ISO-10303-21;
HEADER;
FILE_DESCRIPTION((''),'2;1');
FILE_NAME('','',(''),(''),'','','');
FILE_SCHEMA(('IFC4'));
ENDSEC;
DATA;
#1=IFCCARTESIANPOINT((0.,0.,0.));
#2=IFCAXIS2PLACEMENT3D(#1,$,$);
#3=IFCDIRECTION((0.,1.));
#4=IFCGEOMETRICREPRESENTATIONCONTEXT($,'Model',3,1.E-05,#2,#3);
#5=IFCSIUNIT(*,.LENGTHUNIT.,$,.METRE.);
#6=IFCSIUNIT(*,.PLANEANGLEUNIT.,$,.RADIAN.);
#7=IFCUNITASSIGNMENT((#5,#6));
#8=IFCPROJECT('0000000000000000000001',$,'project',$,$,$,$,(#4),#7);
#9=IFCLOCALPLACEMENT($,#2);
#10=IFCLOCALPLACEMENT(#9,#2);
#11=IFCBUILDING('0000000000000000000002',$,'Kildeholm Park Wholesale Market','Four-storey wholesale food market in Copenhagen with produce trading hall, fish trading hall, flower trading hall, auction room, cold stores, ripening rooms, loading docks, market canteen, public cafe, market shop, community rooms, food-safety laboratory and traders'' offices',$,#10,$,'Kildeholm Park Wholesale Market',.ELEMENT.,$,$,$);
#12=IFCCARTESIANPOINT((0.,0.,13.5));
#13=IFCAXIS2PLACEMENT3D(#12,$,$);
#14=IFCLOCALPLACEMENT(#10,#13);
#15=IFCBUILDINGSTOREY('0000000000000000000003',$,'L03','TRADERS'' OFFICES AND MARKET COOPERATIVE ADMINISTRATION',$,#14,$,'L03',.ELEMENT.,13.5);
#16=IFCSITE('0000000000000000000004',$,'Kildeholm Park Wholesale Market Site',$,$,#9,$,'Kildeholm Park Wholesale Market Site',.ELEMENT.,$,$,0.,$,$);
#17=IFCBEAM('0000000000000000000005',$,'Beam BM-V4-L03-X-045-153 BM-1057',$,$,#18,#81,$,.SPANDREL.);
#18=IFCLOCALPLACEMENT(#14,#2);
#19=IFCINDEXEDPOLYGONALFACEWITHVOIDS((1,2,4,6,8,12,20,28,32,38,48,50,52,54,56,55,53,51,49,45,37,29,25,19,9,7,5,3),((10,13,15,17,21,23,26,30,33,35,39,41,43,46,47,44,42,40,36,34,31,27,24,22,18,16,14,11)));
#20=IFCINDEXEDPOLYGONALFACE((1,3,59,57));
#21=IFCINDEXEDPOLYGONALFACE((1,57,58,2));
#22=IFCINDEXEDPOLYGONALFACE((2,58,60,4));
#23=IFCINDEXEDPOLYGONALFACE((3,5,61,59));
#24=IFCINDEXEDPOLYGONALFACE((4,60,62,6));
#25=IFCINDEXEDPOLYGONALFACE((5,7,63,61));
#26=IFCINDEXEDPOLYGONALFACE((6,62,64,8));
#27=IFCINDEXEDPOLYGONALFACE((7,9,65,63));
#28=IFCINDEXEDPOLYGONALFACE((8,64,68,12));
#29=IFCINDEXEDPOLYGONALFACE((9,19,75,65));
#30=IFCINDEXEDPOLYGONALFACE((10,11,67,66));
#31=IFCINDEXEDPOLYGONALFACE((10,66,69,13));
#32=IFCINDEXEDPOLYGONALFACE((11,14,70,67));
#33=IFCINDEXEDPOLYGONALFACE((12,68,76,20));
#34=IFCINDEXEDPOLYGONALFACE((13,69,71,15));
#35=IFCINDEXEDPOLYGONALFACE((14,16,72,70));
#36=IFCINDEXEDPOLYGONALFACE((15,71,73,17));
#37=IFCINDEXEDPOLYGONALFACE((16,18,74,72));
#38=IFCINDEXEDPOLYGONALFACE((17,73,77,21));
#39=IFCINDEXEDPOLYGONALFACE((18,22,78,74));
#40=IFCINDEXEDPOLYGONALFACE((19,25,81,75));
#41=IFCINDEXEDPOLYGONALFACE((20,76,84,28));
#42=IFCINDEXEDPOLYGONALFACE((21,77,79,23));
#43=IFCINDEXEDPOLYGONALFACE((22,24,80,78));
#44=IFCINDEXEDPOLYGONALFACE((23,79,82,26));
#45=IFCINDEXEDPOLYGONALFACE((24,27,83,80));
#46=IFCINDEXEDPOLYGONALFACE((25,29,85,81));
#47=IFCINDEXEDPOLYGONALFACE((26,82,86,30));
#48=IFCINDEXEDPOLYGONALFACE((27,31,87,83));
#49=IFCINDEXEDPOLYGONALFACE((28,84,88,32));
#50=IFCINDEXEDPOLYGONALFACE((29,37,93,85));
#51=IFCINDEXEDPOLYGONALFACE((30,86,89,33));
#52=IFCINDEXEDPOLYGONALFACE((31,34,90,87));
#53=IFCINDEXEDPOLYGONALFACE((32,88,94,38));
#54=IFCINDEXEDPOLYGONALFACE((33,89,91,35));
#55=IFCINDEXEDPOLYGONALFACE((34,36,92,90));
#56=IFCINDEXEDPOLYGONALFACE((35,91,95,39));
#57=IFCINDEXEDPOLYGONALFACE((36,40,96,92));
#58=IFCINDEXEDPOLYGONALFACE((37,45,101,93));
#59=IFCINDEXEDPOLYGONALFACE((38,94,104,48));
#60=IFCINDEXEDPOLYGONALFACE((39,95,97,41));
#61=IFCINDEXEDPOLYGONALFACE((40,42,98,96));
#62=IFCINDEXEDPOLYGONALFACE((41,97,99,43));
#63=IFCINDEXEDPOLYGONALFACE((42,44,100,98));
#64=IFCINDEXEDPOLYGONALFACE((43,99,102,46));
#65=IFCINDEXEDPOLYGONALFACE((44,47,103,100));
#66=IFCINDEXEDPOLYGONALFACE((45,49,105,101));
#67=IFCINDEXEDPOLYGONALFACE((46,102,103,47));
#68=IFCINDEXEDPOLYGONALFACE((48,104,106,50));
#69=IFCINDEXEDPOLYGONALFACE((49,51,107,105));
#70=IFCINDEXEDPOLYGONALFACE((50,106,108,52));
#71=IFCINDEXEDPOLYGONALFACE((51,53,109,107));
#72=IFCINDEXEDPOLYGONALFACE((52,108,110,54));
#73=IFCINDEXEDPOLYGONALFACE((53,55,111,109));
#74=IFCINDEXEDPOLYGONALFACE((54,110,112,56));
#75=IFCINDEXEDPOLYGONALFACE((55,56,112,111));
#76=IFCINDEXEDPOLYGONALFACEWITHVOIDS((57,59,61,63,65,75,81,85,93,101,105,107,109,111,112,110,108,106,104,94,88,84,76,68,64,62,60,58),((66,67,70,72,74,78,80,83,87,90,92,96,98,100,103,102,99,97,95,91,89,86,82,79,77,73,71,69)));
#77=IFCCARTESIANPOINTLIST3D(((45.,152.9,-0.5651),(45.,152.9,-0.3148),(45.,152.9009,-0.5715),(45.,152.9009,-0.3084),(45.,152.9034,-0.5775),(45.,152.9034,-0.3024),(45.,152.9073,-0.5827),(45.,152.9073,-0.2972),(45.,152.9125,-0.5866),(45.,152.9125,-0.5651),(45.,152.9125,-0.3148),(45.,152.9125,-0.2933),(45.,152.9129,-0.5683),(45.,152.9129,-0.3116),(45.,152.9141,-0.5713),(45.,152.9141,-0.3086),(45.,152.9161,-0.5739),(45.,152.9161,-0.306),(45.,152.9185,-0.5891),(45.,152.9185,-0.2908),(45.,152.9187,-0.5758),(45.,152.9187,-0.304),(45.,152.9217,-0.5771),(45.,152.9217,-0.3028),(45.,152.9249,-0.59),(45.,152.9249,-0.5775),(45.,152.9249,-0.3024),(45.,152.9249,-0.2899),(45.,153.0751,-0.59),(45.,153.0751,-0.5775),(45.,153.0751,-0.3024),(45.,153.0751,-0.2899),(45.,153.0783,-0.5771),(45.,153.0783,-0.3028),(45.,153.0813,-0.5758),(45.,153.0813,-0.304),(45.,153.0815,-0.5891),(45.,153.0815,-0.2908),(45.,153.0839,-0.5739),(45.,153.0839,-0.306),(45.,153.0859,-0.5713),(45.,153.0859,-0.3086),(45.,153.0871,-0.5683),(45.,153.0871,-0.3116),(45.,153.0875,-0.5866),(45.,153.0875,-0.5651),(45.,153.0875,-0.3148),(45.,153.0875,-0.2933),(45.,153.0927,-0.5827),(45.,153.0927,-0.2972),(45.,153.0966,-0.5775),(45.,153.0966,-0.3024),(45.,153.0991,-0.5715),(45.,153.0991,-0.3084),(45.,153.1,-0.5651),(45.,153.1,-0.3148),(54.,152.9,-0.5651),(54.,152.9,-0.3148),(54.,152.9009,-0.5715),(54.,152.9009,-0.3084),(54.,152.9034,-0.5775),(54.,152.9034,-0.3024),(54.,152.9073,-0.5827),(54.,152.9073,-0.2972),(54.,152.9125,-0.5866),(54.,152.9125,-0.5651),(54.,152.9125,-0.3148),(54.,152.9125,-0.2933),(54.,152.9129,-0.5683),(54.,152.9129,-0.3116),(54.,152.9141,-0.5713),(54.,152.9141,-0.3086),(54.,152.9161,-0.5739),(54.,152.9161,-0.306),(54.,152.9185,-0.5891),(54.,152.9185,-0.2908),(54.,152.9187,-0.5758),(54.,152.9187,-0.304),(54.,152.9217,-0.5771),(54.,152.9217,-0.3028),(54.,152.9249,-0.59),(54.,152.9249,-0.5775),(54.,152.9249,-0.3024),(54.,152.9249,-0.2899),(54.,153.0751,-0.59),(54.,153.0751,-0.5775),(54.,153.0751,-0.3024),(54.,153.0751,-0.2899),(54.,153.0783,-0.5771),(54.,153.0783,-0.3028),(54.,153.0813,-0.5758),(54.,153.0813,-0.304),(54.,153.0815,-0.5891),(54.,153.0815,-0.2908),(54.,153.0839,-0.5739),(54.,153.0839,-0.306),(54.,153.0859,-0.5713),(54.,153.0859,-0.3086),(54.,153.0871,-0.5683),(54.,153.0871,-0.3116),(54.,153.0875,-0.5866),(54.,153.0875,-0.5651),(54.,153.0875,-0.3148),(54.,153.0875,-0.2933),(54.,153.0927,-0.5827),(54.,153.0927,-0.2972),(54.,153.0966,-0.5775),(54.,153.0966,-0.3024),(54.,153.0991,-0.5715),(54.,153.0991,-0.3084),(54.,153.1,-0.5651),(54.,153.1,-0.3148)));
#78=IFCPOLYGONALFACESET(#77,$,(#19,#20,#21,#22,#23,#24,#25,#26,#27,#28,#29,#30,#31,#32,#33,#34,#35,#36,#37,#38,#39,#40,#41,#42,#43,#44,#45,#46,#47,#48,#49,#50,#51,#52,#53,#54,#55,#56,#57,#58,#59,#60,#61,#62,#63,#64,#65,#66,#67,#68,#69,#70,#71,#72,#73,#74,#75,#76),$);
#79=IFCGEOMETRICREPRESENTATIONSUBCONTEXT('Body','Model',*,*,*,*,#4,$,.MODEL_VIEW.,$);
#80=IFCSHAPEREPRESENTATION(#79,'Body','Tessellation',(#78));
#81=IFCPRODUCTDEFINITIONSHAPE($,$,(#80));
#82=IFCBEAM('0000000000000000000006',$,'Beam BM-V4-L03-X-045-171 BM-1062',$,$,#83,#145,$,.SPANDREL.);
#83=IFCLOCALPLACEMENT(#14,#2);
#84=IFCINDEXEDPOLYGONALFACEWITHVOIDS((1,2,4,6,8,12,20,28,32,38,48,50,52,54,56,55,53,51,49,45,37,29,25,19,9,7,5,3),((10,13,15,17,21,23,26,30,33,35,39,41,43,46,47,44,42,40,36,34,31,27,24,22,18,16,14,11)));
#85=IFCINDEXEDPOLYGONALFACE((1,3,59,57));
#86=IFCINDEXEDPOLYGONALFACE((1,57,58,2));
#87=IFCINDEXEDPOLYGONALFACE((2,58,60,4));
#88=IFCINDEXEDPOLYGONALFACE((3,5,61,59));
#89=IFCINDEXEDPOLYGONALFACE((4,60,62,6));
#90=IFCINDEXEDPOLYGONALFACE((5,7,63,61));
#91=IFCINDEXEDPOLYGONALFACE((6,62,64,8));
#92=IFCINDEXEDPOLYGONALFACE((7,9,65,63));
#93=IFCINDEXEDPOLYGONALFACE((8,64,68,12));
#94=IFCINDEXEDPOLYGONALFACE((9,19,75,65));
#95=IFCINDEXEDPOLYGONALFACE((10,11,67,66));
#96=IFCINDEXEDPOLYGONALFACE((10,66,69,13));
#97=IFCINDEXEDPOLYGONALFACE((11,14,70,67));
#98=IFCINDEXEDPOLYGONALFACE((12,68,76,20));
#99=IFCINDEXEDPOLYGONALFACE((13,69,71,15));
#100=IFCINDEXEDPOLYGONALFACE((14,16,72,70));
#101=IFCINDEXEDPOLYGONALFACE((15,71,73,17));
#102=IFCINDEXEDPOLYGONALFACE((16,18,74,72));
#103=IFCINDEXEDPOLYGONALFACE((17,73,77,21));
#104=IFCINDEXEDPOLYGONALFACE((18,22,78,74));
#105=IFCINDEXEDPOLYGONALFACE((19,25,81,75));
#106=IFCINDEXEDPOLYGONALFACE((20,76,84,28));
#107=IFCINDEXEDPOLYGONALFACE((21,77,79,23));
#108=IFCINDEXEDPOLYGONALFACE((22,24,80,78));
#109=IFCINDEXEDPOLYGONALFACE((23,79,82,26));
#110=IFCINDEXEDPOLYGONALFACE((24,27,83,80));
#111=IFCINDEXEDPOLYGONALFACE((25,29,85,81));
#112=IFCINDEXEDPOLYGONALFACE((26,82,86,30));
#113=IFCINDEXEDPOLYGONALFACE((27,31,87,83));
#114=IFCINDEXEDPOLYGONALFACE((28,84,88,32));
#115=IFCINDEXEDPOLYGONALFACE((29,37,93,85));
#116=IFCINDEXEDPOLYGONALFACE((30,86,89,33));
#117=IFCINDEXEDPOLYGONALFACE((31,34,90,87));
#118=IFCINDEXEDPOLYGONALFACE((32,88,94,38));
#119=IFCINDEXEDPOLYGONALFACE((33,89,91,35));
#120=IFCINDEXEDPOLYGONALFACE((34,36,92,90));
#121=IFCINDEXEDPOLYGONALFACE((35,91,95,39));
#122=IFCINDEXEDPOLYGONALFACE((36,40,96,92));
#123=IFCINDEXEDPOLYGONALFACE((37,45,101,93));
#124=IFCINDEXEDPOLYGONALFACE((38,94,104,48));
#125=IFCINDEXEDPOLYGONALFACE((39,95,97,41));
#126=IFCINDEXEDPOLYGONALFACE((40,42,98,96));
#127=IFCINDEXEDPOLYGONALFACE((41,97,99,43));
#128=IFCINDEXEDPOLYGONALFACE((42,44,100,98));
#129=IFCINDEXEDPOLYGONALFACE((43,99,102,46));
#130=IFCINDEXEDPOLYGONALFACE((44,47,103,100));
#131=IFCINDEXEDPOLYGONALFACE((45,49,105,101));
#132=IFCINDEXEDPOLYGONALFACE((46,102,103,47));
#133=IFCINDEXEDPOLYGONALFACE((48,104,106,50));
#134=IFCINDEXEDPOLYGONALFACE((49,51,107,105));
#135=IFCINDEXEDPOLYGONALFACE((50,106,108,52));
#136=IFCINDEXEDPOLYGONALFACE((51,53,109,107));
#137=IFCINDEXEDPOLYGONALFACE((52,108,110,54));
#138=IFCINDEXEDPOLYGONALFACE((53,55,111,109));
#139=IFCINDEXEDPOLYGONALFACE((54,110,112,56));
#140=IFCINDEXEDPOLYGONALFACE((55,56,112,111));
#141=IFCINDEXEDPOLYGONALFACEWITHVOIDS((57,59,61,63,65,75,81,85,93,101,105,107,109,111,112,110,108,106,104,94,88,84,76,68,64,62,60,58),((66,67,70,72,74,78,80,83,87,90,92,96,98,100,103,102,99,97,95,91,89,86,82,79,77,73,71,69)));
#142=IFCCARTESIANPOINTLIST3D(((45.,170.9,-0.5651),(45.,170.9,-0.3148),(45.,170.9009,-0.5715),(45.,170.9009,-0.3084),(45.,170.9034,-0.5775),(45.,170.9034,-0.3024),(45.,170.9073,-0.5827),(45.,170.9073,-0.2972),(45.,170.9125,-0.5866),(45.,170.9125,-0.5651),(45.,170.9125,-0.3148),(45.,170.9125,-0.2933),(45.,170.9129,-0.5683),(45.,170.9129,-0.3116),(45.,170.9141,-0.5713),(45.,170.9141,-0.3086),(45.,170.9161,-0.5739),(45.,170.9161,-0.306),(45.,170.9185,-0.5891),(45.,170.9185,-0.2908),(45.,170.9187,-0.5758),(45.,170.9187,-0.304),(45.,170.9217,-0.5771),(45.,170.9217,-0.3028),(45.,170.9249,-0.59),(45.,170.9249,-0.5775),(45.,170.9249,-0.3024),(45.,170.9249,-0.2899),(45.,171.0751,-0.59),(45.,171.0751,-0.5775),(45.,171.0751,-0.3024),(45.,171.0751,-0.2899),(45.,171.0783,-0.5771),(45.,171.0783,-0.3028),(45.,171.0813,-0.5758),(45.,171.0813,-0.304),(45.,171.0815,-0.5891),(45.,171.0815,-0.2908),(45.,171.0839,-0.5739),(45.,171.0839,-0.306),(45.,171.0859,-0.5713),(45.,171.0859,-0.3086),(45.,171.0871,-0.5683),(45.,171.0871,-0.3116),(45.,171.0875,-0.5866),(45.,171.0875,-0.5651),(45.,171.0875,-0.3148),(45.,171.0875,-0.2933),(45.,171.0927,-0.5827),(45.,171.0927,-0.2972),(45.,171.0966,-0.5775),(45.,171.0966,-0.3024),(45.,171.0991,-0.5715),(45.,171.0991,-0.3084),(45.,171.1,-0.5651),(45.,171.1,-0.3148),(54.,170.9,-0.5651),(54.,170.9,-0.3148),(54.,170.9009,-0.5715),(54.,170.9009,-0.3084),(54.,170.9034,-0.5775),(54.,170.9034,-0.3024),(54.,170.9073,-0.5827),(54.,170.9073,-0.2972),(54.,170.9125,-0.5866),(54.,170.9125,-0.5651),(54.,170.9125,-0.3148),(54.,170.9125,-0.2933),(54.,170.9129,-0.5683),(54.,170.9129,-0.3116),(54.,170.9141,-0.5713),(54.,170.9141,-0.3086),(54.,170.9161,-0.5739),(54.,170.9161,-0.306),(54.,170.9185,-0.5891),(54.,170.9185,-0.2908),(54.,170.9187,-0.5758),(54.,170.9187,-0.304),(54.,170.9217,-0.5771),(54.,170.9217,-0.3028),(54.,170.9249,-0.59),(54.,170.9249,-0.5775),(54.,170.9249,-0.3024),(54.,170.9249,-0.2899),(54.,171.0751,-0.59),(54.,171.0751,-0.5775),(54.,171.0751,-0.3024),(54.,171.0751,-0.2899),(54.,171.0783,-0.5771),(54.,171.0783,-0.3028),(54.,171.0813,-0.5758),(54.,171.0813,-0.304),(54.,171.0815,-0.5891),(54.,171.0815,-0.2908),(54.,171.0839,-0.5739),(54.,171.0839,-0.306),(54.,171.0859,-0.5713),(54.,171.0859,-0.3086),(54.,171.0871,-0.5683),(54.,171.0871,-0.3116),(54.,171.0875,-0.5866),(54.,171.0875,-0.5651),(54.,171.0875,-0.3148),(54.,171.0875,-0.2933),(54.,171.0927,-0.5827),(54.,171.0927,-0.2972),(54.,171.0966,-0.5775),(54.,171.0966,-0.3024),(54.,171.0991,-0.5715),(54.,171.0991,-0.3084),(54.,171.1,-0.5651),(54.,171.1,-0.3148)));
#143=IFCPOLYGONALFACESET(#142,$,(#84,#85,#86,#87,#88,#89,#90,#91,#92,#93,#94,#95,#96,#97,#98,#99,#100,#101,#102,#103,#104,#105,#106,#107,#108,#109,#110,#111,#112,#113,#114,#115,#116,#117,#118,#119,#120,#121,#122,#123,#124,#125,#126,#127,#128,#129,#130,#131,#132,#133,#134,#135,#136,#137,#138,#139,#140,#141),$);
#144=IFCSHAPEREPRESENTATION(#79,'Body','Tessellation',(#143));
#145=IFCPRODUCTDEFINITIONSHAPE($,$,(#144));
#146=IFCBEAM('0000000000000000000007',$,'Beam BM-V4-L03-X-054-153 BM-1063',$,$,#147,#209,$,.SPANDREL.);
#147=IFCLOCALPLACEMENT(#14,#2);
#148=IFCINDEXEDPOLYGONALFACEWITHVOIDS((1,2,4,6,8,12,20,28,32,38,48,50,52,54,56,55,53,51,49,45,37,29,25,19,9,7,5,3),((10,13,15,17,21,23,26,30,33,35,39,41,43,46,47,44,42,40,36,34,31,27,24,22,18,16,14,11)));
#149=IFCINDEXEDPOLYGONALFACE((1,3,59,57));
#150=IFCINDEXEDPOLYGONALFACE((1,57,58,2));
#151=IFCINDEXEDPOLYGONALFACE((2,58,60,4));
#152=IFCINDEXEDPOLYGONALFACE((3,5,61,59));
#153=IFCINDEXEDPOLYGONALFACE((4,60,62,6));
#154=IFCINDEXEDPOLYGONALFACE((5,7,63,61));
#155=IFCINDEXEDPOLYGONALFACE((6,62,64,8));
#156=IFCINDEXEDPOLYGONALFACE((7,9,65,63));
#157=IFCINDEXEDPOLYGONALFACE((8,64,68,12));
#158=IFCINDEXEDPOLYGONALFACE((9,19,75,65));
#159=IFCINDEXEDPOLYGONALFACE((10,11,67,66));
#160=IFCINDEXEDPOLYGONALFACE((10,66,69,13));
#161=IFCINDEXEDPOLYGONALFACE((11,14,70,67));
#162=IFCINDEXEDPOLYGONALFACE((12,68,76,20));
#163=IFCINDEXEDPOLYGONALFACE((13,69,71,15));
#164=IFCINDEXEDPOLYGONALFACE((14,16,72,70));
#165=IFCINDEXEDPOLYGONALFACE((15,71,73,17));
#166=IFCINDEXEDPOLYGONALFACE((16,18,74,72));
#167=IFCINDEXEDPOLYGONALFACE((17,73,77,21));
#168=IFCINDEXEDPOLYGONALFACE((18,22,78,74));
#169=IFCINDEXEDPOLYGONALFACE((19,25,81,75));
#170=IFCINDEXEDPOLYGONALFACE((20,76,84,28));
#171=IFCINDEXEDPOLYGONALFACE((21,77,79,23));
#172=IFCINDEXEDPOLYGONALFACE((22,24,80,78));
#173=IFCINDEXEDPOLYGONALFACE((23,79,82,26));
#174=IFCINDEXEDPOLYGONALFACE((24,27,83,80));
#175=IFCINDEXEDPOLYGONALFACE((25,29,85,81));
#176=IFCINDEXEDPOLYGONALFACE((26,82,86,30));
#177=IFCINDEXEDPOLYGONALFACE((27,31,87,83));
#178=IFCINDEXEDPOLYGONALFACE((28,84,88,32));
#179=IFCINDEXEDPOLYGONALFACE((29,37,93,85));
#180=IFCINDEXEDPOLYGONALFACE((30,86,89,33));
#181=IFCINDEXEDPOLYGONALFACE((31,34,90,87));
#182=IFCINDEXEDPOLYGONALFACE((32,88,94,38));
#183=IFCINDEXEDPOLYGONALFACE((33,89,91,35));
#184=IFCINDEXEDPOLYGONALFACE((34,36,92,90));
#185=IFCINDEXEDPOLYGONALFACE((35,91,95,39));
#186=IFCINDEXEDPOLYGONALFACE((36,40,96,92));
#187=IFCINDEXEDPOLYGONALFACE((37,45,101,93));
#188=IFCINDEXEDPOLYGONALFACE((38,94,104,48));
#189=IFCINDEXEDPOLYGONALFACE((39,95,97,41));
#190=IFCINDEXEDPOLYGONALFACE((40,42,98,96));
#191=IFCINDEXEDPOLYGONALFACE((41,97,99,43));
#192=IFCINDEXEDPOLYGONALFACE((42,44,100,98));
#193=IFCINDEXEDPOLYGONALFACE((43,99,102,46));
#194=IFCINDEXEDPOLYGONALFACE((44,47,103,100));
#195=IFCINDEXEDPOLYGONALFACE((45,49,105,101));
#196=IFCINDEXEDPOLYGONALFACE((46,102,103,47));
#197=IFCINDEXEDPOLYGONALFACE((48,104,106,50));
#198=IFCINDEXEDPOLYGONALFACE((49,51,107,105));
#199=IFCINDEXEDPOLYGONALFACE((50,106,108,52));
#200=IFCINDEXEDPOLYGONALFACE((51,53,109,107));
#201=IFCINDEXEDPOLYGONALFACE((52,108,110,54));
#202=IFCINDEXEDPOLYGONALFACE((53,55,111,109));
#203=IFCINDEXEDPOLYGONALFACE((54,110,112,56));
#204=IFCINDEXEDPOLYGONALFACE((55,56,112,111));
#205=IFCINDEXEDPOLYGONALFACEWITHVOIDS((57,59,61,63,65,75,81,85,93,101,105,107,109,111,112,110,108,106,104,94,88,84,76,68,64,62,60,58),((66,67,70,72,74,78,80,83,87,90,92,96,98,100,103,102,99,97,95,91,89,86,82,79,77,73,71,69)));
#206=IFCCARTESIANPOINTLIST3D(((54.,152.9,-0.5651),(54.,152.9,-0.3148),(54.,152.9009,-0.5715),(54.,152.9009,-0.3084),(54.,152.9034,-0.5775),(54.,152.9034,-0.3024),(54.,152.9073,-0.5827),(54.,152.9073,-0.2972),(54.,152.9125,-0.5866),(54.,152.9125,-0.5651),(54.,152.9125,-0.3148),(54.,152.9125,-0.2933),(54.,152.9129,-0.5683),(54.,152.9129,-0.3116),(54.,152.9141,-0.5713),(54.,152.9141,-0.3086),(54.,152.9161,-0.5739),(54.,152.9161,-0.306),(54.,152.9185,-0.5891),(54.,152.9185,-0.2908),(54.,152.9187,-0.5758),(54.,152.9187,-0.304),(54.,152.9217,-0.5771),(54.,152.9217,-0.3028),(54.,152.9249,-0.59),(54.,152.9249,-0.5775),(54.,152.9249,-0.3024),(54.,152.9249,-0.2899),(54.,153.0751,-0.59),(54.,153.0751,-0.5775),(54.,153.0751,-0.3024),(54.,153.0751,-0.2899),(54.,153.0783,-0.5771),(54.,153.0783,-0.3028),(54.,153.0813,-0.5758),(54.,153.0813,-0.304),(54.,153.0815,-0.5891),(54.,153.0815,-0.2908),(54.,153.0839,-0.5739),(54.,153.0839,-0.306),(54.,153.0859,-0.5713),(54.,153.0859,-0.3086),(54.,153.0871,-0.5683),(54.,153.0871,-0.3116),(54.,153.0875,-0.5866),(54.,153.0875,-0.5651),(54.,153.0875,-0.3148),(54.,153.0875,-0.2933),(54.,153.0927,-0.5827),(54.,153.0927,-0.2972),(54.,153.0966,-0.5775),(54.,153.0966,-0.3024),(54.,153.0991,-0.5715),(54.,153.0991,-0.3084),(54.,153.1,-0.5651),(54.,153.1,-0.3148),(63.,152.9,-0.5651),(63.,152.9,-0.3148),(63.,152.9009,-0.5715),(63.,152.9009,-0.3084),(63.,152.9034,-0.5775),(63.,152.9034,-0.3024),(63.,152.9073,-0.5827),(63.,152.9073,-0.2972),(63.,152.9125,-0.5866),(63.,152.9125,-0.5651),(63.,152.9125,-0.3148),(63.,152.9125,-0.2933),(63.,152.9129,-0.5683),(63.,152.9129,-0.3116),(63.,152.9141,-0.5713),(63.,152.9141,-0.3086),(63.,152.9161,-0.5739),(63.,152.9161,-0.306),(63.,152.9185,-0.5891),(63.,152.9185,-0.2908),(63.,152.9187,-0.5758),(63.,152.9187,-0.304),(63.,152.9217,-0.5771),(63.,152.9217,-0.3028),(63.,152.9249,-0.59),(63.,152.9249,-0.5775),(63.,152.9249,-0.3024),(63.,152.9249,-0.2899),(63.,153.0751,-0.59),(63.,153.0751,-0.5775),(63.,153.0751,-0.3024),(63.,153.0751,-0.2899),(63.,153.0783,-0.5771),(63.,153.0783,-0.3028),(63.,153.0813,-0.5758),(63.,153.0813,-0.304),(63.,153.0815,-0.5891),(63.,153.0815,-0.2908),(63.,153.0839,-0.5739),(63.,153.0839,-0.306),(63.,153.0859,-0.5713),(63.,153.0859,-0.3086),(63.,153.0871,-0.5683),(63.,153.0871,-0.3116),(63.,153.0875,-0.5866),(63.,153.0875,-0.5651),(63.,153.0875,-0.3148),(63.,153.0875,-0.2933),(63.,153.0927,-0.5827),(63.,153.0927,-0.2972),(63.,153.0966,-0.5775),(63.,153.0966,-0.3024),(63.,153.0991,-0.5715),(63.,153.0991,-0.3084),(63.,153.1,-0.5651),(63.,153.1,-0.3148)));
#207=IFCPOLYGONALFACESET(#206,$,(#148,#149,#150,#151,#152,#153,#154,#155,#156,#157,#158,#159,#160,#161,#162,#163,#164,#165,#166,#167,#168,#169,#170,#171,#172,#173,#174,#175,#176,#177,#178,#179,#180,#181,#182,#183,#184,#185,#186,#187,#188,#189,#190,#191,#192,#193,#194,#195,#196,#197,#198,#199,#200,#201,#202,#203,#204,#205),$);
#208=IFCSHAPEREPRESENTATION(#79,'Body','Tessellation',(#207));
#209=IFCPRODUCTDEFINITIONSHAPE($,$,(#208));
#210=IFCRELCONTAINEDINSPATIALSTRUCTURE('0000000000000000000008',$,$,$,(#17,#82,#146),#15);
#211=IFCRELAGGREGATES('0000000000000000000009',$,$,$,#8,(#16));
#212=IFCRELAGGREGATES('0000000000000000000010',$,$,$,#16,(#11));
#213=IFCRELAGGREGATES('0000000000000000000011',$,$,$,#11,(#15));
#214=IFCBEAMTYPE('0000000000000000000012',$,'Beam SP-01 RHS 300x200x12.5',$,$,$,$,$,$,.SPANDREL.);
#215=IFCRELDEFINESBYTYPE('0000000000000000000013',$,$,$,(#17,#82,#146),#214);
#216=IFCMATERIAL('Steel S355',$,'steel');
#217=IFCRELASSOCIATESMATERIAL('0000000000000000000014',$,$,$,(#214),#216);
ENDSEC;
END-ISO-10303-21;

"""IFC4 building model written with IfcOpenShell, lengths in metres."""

from ifc_helpers import new_model, si_unit, direction, frame, origin, origin_2d, place, context, subcontext, project, spatial, hollow_rectangle, extrude, material, material_profile, profile_set, type_object, element, save


model = new_model("IFC4")

# Units and contexts
model_context = context("Model", 3, precision=1e-05, world=origin(), true_north=direction((0.0, 1.0)))
body_context = subcontext(model_context, "Body", "Model", "MODEL_VIEW")
ifc_project = project(units=[si_unit("LENGTHUNIT", "METRE"), si_unit("PLANEANGLEUNIT", "RADIAN")], contexts=[model_context])

# Site, building, storey
site_placement = place(None, origin())
site = spatial("IfcSite", under=ifc_project, at=site_placement, Name="Kildeholm Park Wholesale Market Site", LongName="Kildeholm Park Wholesale Market Site", CompositionType="ELEMENT", RefElevation=0.0)
building_placement = place(site_placement, origin())
building = spatial("IfcBuilding", under=site, at=building_placement, Name="Kildeholm Park Wholesale Market", Description="Four-storey wholesale food market in Copenhagen with produce trading hall, fish trading hall, flower trading hall, auction room, cold stores, ripening rooms, loading docks, market canteen, public cafe, market shop, community rooms, food-safety laboratory and traders' offices", LongName="Kildeholm Park Wholesale Market", CompositionType="ELEMENT")
storey_placement = place(building_placement, frame((0.0, 0.0, 13.5)))
storey = spatial("IfcBuildingStorey", under=building, at=storey_placement, Name="L03", Description="TRADERS' OFFICES AND MARKET COOPERATIVE ADMINISTRATION", LongName="L03", CompositionType="ELEMENT", Elevation=13.5)

# Beams
ifc_material_1 = material(Name="Steel S355", Category="steel")
ifc_material_profile_1 = material_profile(ifc_material_1, hollow_rectangle(XDim=0.2, YDim=0.3, WallThickness=0.0125, InnerFilletRadius=0.0125, OuterFilletRadius=0.0249, at=origin_2d()), Name="RHS 300x200x12.5")
ifc_profile_set_1 = profile_set([ifc_material_profile_1], Name="Steel S355")
beam_type_1 = type_object("IfcBeamType", Name="Beam SP-01 RHS 300x200x12.5", PredefinedType="SPANDREL", material=ifc_profile_set_1)
for number, where, z_axis, x_axis, name in (
    (1, (45.0, 153.0, -0.4399), (1.0, 0.0, 0.0), (0.0, 1.0, 0.0), "Beam BM-V4-L03-X-045-153 BM-1057"),
    (2, (45.0, 171.0, -0.4399), (1.0, 0.0, 0.0), (0.0, 1.0, 0.0), "Beam BM-V4-L03-X-045-171 BM-1062"),
    (3, (54.0, 153.0, -0.4399), (1.0, 0.0, 0.0), (0.0, 1.0, 0.0), "Beam BM-V4-L03-X-054-153 BM-1063"),
):
    element("IfcBeam", number, at=place(storey_placement, frame(where, z_axis=z_axis, x_axis=x_axis)), inside=storey, type_object=beam_type_1, Name=name, PredefinedType="SPANDREL", context=body_context, shape_type="SweptSolid", body=[
        extrude(hollow_rectangle(XDim=0.2, YDim=0.3, WallThickness=0.0125, InnerFilletRadius=0.0125, OuterFilletRadius=0.0249, at=origin_2d()), origin(), (0.0, 0.0, 1.0), 9.0),
    ])

save(model, "model.ifc")
